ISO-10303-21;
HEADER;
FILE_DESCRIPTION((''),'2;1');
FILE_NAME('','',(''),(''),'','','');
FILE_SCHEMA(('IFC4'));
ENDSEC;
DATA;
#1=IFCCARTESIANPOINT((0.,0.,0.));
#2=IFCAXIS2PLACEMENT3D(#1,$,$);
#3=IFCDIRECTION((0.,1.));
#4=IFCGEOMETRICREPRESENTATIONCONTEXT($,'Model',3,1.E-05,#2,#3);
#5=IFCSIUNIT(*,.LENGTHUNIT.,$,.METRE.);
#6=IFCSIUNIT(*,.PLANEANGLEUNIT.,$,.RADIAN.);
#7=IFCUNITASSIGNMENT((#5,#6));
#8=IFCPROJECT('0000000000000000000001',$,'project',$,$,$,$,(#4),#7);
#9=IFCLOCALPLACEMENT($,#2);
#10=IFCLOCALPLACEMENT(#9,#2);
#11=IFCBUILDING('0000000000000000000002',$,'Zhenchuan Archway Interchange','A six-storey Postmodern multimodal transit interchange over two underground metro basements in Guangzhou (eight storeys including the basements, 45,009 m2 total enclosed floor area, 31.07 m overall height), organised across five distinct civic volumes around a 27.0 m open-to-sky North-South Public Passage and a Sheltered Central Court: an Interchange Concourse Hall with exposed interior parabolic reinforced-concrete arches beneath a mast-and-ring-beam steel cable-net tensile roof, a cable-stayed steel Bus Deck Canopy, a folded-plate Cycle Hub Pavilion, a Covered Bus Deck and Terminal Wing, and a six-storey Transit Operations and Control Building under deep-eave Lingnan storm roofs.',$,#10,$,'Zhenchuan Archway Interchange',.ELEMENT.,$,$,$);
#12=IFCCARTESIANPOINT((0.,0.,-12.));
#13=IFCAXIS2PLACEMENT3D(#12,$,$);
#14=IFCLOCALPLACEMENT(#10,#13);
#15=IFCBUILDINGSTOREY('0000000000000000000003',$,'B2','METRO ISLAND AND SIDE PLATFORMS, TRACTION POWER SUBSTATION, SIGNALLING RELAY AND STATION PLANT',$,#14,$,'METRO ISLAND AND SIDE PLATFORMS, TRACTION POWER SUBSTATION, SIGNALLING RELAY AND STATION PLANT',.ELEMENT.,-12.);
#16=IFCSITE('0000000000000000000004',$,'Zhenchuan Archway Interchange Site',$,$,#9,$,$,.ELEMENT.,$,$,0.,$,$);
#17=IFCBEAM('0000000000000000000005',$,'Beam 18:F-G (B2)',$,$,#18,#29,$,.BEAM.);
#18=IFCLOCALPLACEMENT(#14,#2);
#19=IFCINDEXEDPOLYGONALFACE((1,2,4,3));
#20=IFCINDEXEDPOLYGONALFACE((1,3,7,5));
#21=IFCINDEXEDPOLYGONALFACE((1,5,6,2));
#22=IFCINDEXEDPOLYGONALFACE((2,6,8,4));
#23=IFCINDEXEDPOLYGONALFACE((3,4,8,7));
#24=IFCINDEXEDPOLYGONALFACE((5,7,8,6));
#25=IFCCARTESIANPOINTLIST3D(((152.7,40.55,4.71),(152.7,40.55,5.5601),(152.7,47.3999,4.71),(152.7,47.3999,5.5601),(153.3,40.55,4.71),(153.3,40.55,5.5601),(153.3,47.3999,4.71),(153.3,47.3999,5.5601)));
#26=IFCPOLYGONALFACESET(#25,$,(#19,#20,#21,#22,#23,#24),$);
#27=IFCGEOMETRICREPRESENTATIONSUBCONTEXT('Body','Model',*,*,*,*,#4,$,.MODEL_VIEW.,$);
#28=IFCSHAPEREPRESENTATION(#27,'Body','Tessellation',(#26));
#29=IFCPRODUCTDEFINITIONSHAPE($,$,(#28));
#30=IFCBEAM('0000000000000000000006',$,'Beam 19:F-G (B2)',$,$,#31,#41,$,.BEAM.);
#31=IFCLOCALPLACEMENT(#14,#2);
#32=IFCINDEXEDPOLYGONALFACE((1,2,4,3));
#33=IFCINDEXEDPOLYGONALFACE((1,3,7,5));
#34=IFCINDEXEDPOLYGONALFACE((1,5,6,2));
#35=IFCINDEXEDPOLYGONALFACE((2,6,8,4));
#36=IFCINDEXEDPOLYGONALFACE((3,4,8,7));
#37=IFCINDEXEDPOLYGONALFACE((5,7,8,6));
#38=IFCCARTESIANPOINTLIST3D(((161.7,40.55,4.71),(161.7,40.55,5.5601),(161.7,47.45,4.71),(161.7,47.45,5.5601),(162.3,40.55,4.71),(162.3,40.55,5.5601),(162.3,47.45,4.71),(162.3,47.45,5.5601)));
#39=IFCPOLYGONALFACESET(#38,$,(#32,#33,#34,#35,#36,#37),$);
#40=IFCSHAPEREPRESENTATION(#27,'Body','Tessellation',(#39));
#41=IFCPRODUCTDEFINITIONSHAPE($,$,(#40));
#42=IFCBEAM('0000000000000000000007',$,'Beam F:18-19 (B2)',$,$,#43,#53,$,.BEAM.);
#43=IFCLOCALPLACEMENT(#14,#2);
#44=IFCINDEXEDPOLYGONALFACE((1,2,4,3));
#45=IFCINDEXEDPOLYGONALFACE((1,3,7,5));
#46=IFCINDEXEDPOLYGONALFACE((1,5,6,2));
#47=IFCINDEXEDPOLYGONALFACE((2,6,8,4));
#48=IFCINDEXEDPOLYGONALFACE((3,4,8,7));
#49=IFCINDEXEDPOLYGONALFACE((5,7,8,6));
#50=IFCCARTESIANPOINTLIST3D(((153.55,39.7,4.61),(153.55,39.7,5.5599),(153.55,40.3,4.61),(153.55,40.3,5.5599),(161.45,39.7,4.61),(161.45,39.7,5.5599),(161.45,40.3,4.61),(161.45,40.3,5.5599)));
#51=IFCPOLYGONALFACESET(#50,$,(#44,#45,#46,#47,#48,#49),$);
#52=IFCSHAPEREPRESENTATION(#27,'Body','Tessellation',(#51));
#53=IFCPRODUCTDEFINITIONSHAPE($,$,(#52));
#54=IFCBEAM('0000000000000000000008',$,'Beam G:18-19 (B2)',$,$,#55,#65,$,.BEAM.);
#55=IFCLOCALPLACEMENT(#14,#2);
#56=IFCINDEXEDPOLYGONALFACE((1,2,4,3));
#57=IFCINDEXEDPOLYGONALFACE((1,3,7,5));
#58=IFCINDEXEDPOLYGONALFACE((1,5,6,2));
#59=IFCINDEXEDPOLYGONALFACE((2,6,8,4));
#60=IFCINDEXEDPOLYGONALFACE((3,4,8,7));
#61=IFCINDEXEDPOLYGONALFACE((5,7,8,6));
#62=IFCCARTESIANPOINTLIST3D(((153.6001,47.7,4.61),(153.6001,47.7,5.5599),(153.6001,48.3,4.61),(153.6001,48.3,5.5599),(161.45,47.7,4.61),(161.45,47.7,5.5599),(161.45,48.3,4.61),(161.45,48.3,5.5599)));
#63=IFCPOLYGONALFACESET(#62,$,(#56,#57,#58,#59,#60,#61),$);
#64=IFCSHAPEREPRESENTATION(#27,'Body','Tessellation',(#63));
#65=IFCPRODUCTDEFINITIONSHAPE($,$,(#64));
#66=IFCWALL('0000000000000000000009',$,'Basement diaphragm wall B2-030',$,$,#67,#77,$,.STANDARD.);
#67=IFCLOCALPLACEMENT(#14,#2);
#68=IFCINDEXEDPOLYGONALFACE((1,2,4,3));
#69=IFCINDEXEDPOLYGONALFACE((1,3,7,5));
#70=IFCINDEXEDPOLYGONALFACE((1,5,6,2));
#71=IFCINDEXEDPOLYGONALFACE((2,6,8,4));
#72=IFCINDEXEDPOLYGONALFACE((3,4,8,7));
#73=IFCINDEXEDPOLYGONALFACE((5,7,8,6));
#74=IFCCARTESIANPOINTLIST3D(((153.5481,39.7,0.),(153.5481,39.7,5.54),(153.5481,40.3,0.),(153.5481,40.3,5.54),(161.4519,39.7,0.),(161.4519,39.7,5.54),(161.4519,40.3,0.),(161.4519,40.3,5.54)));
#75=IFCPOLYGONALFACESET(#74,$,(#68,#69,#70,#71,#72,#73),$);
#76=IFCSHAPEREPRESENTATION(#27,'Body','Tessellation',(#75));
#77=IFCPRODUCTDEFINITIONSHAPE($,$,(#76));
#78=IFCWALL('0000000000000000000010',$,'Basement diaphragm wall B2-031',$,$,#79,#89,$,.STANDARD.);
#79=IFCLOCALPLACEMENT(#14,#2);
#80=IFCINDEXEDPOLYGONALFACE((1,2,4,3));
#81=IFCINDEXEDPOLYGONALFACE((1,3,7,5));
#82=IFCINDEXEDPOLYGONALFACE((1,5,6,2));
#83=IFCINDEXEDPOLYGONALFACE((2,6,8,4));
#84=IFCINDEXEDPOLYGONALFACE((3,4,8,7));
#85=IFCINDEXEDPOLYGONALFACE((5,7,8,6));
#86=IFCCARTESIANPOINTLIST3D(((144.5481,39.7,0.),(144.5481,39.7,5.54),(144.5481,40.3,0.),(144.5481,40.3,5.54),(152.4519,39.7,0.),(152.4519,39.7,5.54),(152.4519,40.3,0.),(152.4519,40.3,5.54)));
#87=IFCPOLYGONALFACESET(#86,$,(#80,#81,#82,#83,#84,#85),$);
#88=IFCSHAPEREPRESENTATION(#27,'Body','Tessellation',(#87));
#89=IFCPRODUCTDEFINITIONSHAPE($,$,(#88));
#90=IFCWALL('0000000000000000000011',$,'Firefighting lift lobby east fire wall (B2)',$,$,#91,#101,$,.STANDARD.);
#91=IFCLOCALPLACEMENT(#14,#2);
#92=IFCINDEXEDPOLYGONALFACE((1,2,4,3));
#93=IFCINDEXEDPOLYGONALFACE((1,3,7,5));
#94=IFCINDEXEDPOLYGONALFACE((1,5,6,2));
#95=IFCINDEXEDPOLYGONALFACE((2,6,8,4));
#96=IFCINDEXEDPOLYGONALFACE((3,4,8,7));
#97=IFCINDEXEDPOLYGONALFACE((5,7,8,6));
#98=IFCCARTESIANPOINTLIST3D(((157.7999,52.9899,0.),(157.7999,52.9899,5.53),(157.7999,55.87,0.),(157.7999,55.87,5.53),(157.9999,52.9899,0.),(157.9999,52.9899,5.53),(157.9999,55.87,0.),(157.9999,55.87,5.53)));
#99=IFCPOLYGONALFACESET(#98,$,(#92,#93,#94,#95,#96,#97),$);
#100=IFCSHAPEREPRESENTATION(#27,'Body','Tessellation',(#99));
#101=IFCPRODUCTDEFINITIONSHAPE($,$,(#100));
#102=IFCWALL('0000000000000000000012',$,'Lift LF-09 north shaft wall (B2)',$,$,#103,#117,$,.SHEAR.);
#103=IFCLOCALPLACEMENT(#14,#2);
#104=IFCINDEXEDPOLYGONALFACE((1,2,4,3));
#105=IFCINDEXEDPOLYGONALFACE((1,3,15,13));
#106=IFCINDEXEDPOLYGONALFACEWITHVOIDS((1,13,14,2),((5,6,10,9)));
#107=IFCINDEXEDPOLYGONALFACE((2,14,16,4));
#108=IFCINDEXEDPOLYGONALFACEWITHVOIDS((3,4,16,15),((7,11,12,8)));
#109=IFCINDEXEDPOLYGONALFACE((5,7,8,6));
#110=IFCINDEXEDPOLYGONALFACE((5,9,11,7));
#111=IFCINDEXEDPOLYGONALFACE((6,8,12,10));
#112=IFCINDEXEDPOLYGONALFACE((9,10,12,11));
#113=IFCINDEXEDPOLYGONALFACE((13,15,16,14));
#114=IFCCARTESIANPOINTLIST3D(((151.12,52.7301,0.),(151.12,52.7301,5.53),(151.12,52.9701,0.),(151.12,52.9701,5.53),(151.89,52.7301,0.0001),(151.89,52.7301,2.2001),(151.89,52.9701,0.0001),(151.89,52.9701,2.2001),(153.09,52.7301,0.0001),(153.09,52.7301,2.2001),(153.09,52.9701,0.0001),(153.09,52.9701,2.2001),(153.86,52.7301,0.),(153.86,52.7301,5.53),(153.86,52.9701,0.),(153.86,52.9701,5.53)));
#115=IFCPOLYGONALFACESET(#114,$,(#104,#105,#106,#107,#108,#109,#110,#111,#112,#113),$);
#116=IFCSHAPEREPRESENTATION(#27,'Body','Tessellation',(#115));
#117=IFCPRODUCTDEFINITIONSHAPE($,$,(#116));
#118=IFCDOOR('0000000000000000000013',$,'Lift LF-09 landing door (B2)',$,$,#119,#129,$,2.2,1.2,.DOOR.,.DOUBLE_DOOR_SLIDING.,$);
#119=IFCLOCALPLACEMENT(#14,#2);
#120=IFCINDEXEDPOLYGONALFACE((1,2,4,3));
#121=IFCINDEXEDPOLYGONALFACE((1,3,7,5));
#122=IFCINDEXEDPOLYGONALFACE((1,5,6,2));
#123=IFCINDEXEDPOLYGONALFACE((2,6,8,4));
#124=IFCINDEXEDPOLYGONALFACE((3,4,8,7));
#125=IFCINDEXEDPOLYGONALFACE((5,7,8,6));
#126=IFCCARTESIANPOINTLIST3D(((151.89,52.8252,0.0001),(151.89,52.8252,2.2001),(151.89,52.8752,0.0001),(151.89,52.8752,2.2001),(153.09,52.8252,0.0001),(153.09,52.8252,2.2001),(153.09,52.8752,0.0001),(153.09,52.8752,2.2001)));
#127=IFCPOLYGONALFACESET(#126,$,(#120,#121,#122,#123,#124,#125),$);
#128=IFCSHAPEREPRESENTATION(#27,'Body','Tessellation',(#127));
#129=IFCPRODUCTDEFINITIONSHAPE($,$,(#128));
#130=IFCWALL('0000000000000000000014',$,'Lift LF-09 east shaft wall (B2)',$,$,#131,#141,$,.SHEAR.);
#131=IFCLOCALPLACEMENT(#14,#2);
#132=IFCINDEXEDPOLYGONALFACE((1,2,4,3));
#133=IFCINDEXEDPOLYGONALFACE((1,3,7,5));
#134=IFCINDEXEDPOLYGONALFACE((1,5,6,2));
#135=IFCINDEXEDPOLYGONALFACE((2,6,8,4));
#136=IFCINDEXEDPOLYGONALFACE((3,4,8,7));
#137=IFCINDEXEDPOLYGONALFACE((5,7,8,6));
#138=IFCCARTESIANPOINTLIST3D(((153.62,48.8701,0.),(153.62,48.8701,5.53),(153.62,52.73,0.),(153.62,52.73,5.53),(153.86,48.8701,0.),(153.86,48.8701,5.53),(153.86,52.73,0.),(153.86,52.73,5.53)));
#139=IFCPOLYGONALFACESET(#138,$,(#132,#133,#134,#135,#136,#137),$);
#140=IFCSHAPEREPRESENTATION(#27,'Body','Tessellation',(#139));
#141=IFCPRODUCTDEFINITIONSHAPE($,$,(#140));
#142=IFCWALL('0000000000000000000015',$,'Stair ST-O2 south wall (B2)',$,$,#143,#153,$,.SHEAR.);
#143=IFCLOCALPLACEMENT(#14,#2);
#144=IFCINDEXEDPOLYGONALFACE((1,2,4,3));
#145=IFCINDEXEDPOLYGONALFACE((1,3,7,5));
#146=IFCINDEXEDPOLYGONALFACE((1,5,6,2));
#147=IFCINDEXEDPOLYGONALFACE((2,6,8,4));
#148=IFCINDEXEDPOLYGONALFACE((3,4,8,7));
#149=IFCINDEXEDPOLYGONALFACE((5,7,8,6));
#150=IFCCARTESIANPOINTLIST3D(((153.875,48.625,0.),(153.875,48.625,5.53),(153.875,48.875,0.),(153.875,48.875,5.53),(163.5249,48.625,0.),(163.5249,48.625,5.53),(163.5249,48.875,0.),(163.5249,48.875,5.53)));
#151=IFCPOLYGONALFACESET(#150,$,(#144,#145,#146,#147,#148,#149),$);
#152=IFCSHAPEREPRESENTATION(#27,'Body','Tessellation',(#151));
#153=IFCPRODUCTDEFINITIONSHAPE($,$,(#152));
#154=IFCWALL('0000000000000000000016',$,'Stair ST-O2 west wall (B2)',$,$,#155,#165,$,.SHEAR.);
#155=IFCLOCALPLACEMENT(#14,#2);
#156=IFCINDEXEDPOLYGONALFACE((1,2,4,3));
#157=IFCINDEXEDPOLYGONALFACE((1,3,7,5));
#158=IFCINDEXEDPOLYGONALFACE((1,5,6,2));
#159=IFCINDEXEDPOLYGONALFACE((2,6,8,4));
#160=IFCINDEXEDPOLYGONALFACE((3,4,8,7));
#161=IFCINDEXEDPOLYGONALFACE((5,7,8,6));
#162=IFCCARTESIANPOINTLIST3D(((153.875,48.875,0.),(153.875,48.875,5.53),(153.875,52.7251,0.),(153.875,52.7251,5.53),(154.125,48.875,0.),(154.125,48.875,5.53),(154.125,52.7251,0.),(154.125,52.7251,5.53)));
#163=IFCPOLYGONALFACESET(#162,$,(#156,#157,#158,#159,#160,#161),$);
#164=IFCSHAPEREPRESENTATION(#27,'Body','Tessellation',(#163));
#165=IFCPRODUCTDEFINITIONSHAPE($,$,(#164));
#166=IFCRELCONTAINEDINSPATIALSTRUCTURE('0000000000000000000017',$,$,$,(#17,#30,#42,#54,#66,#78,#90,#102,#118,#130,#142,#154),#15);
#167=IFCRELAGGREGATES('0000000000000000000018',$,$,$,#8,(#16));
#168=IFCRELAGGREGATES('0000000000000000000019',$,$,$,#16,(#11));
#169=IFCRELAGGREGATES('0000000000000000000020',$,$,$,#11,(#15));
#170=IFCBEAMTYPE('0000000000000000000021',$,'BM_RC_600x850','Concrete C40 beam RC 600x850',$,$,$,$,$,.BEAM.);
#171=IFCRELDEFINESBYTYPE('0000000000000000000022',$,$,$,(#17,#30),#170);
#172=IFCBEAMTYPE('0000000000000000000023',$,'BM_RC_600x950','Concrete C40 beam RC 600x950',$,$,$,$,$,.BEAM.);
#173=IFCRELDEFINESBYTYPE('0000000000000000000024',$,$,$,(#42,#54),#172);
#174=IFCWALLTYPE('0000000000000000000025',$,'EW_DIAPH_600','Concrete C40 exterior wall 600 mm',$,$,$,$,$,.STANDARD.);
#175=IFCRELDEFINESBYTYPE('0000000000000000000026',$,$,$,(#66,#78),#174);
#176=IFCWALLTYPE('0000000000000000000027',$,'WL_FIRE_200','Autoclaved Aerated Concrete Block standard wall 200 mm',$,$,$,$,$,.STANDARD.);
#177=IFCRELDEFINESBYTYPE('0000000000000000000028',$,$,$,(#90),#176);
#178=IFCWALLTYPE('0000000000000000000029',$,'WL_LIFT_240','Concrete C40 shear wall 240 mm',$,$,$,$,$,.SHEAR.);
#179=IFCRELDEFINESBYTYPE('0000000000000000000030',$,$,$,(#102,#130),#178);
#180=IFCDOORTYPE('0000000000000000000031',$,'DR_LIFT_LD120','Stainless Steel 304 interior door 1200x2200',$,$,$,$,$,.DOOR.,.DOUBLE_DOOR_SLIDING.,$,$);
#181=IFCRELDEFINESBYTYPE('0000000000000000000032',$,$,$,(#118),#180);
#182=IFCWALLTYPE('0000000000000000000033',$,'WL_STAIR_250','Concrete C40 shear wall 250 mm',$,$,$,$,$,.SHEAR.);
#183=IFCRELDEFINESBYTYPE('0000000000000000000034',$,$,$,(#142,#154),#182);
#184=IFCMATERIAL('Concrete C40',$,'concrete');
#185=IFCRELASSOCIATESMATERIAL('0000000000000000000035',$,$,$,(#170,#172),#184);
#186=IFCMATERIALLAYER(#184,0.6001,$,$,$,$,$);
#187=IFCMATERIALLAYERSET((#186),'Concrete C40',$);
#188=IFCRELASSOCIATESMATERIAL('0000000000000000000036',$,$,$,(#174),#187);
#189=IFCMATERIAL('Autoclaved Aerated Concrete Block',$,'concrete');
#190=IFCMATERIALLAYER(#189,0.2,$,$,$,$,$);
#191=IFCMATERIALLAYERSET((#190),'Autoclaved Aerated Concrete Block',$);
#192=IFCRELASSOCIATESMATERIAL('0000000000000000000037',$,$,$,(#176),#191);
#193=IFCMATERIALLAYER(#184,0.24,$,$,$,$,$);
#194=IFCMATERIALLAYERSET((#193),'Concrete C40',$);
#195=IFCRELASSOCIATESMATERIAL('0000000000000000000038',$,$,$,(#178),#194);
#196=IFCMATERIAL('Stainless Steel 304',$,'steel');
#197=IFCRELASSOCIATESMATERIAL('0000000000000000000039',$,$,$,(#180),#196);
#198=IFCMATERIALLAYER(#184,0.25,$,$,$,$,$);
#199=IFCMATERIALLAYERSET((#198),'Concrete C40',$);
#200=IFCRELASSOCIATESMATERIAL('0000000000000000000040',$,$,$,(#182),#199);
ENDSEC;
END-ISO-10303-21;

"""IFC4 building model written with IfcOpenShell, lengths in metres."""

from ifc_helpers import new_model, si_unit, direction, frame, frame_2d, origin, origin_2d, place, context, subcontext, project, spatial, rectangle, extrude, material, layer, layer_set, material_profile, profile_set, type_object, element, fill, save


model = new_model("IFC4")

# Units and contexts
model_context = context("Model", 3, precision=1e-05, world=origin(), true_north=direction((0.0, 1.0)))
body_context = subcontext(model_context, "Body", "Model", "MODEL_VIEW")
ifc_project = project(units=[si_unit("LENGTHUNIT", "METRE"), si_unit("PLANEANGLEUNIT", "RADIAN")], contexts=[model_context])

# Site, building, storey
site_placement = place(None, origin())
site = spatial("IfcSite", under=ifc_project, at=site_placement, Name="Zhenchuan Archway Interchange Site", CompositionType="ELEMENT", RefElevation=0.0)
building_placement = place(site_placement, origin())
building = spatial("IfcBuilding", under=site, at=building_placement, Name="Zhenchuan Archway Interchange", Description="A six-storey Postmodern multimodal transit interchange over two underground metro basements in Guangzhou (eight storeys including the basements, 45,009 m2 total enclosed floor area, 31.07 m overall height), organised across five distinct civic volumes around a 27.0 m open-to-sky North-South Public Passage and a Sheltered Central Court: an Interchange Concourse Hall with exposed interior parabolic reinforced-concrete arches beneath a mast-and-ring-beam steel cable-net tensile roof, a cable-stayed steel Bus Deck Canopy, a folded-plate Cycle Hub Pavilion, a Covered Bus Deck and Terminal Wing, and a six-storey Transit Operations and Control Building under deep-eave Lingnan storm roofs.", LongName="Zhenchuan Archway Interchange", CompositionType="ELEMENT")
storey_placement = place(building_placement, frame((0.0, 0.0, -12.0)))
storey = spatial("IfcBuildingStorey", under=building, at=storey_placement, Name="B2", Description="METRO ISLAND AND SIDE PLATFORMS, TRACTION POWER SUBSTATION, SIGNALLING RELAY AND STATION PLANT", LongName="METRO ISLAND AND SIDE PLATFORMS, TRACTION POWER SUBSTATION, SIGNALLING RELAY AND STATION PLANT", CompositionType="ELEMENT", Elevation=-12.0)

# Shared definitions
ifc_material_1 = material(Name="Concrete C40", Category="concrete")

# Beams
ifc_material_profile_1 = material_profile(ifc_material_1, rectangle(XDim=0.6001, YDim=0.8501, at=origin_2d()), Name="RC 600x850")
ifc_profile_set_1 = profile_set([ifc_material_profile_1], Name="Concrete C40")
beam_type_1 = type_object("IfcBeamType", Name="BM_RC_600x850", Description="Concrete C40 beam RC 600x850", PredefinedType="BEAM", material=ifc_profile_set_1)
beam_1_placement = place(storey_placement, frame((153.0, 40.55, 5.135), z_axis=(0.0, 1.0, 0.0), x_axis=(-1.0, 0.0, 0.0)))
element("IfcBeam", 1, at=beam_1_placement, inside=storey, type_object=beam_type_1, Name="Beam 18:F-G (B2)", PredefinedType="BEAM", context=body_context, shape_type="SweptSolid", body=[
    extrude(rectangle(XDim=0.6001, YDim=0.8501, at=origin_2d()), origin(), (0.0, 0.0, 1.0), 6.8499),
])
beam_2_placement = place(storey_placement, frame((162.0, 40.55, 5.135), z_axis=(0.0, 1.0, 0.0), x_axis=(-1.0, 0.0, 0.0)))
element("IfcBeam", 2, at=beam_2_placement, inside=storey, type_object=beam_type_1, Name="Beam 19:F-G (B2)", PredefinedType="BEAM", context=body_context, shape_type="SweptSolid", body=[
    extrude(rectangle(XDim=0.6001, YDim=0.8501, at=origin_2d()), origin(), (0.0, 0.0, 1.0), 6.8999),
])
ifc_material_profile_2 = material_profile(ifc_material_1, rectangle(XDim=0.6001, YDim=0.95, at=origin_2d()), Name="RC 600x950")
ifc_profile_set_2 = profile_set([ifc_material_profile_2], Name="Concrete C40")
beam_type_2 = type_object("IfcBeamType", Name="BM_RC_600x950", Description="Concrete C40 beam RC 600x950", PredefinedType="BEAM", material=ifc_profile_set_2)
beam_3_placement = place(storey_placement, frame((153.55, 40.0, 5.085), z_axis=(1.0, 0.0, 0.0), x_axis=(0.0, 1.0, 0.0)))
element("IfcBeam", 3, at=beam_3_placement, inside=storey, type_object=beam_type_2, Name="Beam F:18-19 (B2)", PredefinedType="BEAM", context=body_context, shape_type="SweptSolid", body=[
    extrude(rectangle(XDim=0.6001, YDim=0.95, at=origin_2d()), origin(), (0.0, 0.0, 1.0), 7.8999),
])
beam_4_placement = place(storey_placement, frame((153.6001, 48.0, 5.085), z_axis=(1.0, 0.0, 0.0), x_axis=(0.0, 1.0, 0.0)))
element("IfcBeam", 4, at=beam_4_placement, inside=storey, type_object=beam_type_2, Name="Beam G:18-19 (B2)", PredefinedType="BEAM", context=body_context, shape_type="SweptSolid", body=[
    extrude(rectangle(XDim=0.6001, YDim=0.95, at=origin_2d()), origin(), (0.0, 0.0, 1.0), 7.8499),
])

# Walls
ifc_layer_1 = layer(ifc_material_1, 0.6001)
ifc_layer_set_1 = layer_set([ifc_layer_1], Name="Concrete C40")
wall_type_1 = type_object("IfcWallType", Name="EW_DIAPH_600", Description="Concrete C40 exterior wall 600 mm", PredefinedType="STANDARD", material=ifc_layer_set_1)
for number, where, z_axis, x_axis, name in (
    (5, (161.4519, 40.0, 0.0), (0.0, 0.0, 1.0), (-1.0, 0.0, 0.0), "Basement diaphragm wall B2-030"),
    (6, (152.4519, 40.0, 0.0), (0.0, 0.0, 1.0), (-1.0, 0.0, 0.0), "Basement diaphragm wall B2-031"),
):
    element("IfcWall", number, at=place(storey_placement, frame(where, z_axis=z_axis, x_axis=x_axis)), inside=storey, type_object=wall_type_1, Name=name, PredefinedType="STANDARD", context=body_context, shape_type="SweptSolid", body=[
        extrude(rectangle(XDim=7.9038, YDim=0.6001, at=frame_2d((3.9519, 0.0))), origin(), (0.0, 0.0, 1.0), 5.54),
    ])
ifc_material_2 = material(Name="Autoclaved Aerated Concrete Block", Category="concrete")
ifc_layer_2 = layer(ifc_material_2, 0.2)
ifc_layer_set_2 = layer_set([ifc_layer_2], Name="Autoclaved Aerated Concrete Block")
wall_type_2 = type_object("IfcWallType", Name="WL_FIRE_200", Description="Autoclaved Aerated Concrete Block standard wall 200 mm", PredefinedType="STANDARD", material=ifc_layer_set_2)
wall_1_placement = place(storey_placement, frame((157.8999, 52.99, 0.0), z_axis=(0.0, 0.0, 1.0), x_axis=(0.0, 1.0, 0.0)))
element("IfcWall", 7, at=wall_1_placement, inside=storey, type_object=wall_type_2, Name="Firefighting lift lobby east fire wall (B2)", PredefinedType="STANDARD", context=body_context, shape_type="SweptSolid", body=[
    extrude(rectangle(XDim=2.8801, YDim=0.2, at=frame_2d((1.4399, 0.0))), origin(), (0.0, 0.0, 1.0), 5.53),
])

# Wall, opening, door
ifc_layer_3 = layer(ifc_material_1, 0.24)
ifc_layer_set_3 = layer_set([ifc_layer_3], Name="Concrete C40")
wall_type_3 = type_object("IfcWallType", Name="WL_LIFT_240", Description="Concrete C40 shear wall 240 mm", PredefinedType="SHEAR", material=ifc_layer_set_3)
wall_2_placement = place(storey_placement, frame((153.8601, 52.8501, 0.0), z_axis=(0.0, 0.0, 1.0), x_axis=(-1.0, 0.0, 0.0)))
wall_2 = element("IfcWall", 8, at=wall_2_placement, inside=storey, type_object=wall_type_3, Name="Lift LF-09 north shaft wall (B2)", PredefinedType="SHEAR", context=body_context, shape_type="SweptSolid", body=[
    extrude(rectangle(XDim=2.74, YDim=0.24, at=frame_2d((1.3701, 0.0))), origin(), (0.0, 0.0, 1.0), 5.53),
])
opening_placement = place(wall_2_placement, frame((0.77, 0.0, 0.0)))
opening = element("IfcOpeningElement", 9, at=opening_placement, cuts=wall_2, PredefinedType="OPENING", context=body_context, shape_type="SweptSolid", body=[
    extrude(rectangle(XDim=1.2, YDim=2.2, at=frame_2d((0.6001, 1.1001))), frame((0.0, 0.1318, 0.0), z_axis=(0.0, -1.0, 0.0), x_axis=(1.0, 0.0, 0.0)), (0.0, 0.0, 1.0), 0.2639),
])
ifc_material_3 = material(Name="Stainless Steel 304", Category="steel")
door_type = type_object("IfcDoorType", Name="DR_LIFT_LD120", Description="Stainless Steel 304 interior door 1200x2200", OperationType="DOUBLE_DOOR_SLIDING", PredefinedType="DOOR", material=ifc_material_3)
door_placement = place(opening_placement, origin())
door = element("IfcDoor", 10, at=door_placement, inside=storey, type_object=door_type, Name="Lift LF-09 landing door (B2)", OperationType="DOUBLE_DOOR_SLIDING", OverallHeight=2.2, OverallWidth=1.2, PredefinedType="DOOR", context=body_context, shape_type="SweptSolid", body=[
    extrude(rectangle(XDim=1.2, YDim=2.2, at=frame_2d((0.6001, 1.1001))), frame((0.0, 0.0249, 0.0), z_axis=(0.0, -1.0, 0.0), x_axis=(1.0, 0.0, 0.0)), (0.0, 0.0, 1.0), 0.05),
])
fill(opening, door)

# Walls
wall_3_placement = place(storey_placement, frame((153.74, 48.8701, 0.0), z_axis=(0.0, 0.0, 1.0), x_axis=(0.0, 1.0, 0.0)))
element("IfcWall", 11, at=wall_3_placement, inside=storey, type_object=wall_type_3, Name="Lift LF-09 east shaft wall (B2)", PredefinedType="SHEAR", context=body_context, shape_type="SweptSolid", body=[
    extrude(rectangle(XDim=3.8599, YDim=0.24, at=frame_2d((1.9299, 0.0))), origin(), (0.0, 0.0, 1.0), 5.53),
])
ifc_layer_4 = layer(ifc_material_1, 0.25)
ifc_layer_set_4 = layer_set([ifc_layer_4], Name="Concrete C40")
wall_type_4 = type_object("IfcWallType", Name="WL_STAIR_250", Description="Concrete C40 shear wall 250 mm", PredefinedType="SHEAR", material=ifc_layer_set_4)
wall_4_placement = place(storey_placement, frame((153.875, 48.75, 0.0), z_axis=(0.0, 0.0, 1.0), x_axis=(1.0, 0.0, 0.0)))
element("IfcWall", 12, at=wall_4_placement, inside=storey, type_object=wall_type_4, Name="Stair ST-O2 south wall (B2)", PredefinedType="SHEAR", context=body_context, shape_type="SweptSolid", body=[
    extrude(rectangle(XDim=9.6499, YDim=0.25, at=frame_2d((4.825, 0.0))), origin(), (0.0, 0.0, 1.0), 5.53),
])
wall_5_placement = place(storey_placement, frame((154.0, 52.7251, 0.0), z_axis=(0.0, 0.0, 1.0), x_axis=(0.0, -1.0, 0.0)))
element("IfcWall", 13, at=wall_5_placement, inside=storey, type_object=wall_type_4, Name="Stair ST-O2 west wall (B2)", PredefinedType="SHEAR", context=body_context, shape_type="SweptSolid", body=[
    extrude(rectangle(XDim=3.8501, YDim=0.25, at=frame_2d((1.925, 0.0))), origin(), (0.0, 0.0, 1.0), 5.53),
])

save(model, "model.ifc")
